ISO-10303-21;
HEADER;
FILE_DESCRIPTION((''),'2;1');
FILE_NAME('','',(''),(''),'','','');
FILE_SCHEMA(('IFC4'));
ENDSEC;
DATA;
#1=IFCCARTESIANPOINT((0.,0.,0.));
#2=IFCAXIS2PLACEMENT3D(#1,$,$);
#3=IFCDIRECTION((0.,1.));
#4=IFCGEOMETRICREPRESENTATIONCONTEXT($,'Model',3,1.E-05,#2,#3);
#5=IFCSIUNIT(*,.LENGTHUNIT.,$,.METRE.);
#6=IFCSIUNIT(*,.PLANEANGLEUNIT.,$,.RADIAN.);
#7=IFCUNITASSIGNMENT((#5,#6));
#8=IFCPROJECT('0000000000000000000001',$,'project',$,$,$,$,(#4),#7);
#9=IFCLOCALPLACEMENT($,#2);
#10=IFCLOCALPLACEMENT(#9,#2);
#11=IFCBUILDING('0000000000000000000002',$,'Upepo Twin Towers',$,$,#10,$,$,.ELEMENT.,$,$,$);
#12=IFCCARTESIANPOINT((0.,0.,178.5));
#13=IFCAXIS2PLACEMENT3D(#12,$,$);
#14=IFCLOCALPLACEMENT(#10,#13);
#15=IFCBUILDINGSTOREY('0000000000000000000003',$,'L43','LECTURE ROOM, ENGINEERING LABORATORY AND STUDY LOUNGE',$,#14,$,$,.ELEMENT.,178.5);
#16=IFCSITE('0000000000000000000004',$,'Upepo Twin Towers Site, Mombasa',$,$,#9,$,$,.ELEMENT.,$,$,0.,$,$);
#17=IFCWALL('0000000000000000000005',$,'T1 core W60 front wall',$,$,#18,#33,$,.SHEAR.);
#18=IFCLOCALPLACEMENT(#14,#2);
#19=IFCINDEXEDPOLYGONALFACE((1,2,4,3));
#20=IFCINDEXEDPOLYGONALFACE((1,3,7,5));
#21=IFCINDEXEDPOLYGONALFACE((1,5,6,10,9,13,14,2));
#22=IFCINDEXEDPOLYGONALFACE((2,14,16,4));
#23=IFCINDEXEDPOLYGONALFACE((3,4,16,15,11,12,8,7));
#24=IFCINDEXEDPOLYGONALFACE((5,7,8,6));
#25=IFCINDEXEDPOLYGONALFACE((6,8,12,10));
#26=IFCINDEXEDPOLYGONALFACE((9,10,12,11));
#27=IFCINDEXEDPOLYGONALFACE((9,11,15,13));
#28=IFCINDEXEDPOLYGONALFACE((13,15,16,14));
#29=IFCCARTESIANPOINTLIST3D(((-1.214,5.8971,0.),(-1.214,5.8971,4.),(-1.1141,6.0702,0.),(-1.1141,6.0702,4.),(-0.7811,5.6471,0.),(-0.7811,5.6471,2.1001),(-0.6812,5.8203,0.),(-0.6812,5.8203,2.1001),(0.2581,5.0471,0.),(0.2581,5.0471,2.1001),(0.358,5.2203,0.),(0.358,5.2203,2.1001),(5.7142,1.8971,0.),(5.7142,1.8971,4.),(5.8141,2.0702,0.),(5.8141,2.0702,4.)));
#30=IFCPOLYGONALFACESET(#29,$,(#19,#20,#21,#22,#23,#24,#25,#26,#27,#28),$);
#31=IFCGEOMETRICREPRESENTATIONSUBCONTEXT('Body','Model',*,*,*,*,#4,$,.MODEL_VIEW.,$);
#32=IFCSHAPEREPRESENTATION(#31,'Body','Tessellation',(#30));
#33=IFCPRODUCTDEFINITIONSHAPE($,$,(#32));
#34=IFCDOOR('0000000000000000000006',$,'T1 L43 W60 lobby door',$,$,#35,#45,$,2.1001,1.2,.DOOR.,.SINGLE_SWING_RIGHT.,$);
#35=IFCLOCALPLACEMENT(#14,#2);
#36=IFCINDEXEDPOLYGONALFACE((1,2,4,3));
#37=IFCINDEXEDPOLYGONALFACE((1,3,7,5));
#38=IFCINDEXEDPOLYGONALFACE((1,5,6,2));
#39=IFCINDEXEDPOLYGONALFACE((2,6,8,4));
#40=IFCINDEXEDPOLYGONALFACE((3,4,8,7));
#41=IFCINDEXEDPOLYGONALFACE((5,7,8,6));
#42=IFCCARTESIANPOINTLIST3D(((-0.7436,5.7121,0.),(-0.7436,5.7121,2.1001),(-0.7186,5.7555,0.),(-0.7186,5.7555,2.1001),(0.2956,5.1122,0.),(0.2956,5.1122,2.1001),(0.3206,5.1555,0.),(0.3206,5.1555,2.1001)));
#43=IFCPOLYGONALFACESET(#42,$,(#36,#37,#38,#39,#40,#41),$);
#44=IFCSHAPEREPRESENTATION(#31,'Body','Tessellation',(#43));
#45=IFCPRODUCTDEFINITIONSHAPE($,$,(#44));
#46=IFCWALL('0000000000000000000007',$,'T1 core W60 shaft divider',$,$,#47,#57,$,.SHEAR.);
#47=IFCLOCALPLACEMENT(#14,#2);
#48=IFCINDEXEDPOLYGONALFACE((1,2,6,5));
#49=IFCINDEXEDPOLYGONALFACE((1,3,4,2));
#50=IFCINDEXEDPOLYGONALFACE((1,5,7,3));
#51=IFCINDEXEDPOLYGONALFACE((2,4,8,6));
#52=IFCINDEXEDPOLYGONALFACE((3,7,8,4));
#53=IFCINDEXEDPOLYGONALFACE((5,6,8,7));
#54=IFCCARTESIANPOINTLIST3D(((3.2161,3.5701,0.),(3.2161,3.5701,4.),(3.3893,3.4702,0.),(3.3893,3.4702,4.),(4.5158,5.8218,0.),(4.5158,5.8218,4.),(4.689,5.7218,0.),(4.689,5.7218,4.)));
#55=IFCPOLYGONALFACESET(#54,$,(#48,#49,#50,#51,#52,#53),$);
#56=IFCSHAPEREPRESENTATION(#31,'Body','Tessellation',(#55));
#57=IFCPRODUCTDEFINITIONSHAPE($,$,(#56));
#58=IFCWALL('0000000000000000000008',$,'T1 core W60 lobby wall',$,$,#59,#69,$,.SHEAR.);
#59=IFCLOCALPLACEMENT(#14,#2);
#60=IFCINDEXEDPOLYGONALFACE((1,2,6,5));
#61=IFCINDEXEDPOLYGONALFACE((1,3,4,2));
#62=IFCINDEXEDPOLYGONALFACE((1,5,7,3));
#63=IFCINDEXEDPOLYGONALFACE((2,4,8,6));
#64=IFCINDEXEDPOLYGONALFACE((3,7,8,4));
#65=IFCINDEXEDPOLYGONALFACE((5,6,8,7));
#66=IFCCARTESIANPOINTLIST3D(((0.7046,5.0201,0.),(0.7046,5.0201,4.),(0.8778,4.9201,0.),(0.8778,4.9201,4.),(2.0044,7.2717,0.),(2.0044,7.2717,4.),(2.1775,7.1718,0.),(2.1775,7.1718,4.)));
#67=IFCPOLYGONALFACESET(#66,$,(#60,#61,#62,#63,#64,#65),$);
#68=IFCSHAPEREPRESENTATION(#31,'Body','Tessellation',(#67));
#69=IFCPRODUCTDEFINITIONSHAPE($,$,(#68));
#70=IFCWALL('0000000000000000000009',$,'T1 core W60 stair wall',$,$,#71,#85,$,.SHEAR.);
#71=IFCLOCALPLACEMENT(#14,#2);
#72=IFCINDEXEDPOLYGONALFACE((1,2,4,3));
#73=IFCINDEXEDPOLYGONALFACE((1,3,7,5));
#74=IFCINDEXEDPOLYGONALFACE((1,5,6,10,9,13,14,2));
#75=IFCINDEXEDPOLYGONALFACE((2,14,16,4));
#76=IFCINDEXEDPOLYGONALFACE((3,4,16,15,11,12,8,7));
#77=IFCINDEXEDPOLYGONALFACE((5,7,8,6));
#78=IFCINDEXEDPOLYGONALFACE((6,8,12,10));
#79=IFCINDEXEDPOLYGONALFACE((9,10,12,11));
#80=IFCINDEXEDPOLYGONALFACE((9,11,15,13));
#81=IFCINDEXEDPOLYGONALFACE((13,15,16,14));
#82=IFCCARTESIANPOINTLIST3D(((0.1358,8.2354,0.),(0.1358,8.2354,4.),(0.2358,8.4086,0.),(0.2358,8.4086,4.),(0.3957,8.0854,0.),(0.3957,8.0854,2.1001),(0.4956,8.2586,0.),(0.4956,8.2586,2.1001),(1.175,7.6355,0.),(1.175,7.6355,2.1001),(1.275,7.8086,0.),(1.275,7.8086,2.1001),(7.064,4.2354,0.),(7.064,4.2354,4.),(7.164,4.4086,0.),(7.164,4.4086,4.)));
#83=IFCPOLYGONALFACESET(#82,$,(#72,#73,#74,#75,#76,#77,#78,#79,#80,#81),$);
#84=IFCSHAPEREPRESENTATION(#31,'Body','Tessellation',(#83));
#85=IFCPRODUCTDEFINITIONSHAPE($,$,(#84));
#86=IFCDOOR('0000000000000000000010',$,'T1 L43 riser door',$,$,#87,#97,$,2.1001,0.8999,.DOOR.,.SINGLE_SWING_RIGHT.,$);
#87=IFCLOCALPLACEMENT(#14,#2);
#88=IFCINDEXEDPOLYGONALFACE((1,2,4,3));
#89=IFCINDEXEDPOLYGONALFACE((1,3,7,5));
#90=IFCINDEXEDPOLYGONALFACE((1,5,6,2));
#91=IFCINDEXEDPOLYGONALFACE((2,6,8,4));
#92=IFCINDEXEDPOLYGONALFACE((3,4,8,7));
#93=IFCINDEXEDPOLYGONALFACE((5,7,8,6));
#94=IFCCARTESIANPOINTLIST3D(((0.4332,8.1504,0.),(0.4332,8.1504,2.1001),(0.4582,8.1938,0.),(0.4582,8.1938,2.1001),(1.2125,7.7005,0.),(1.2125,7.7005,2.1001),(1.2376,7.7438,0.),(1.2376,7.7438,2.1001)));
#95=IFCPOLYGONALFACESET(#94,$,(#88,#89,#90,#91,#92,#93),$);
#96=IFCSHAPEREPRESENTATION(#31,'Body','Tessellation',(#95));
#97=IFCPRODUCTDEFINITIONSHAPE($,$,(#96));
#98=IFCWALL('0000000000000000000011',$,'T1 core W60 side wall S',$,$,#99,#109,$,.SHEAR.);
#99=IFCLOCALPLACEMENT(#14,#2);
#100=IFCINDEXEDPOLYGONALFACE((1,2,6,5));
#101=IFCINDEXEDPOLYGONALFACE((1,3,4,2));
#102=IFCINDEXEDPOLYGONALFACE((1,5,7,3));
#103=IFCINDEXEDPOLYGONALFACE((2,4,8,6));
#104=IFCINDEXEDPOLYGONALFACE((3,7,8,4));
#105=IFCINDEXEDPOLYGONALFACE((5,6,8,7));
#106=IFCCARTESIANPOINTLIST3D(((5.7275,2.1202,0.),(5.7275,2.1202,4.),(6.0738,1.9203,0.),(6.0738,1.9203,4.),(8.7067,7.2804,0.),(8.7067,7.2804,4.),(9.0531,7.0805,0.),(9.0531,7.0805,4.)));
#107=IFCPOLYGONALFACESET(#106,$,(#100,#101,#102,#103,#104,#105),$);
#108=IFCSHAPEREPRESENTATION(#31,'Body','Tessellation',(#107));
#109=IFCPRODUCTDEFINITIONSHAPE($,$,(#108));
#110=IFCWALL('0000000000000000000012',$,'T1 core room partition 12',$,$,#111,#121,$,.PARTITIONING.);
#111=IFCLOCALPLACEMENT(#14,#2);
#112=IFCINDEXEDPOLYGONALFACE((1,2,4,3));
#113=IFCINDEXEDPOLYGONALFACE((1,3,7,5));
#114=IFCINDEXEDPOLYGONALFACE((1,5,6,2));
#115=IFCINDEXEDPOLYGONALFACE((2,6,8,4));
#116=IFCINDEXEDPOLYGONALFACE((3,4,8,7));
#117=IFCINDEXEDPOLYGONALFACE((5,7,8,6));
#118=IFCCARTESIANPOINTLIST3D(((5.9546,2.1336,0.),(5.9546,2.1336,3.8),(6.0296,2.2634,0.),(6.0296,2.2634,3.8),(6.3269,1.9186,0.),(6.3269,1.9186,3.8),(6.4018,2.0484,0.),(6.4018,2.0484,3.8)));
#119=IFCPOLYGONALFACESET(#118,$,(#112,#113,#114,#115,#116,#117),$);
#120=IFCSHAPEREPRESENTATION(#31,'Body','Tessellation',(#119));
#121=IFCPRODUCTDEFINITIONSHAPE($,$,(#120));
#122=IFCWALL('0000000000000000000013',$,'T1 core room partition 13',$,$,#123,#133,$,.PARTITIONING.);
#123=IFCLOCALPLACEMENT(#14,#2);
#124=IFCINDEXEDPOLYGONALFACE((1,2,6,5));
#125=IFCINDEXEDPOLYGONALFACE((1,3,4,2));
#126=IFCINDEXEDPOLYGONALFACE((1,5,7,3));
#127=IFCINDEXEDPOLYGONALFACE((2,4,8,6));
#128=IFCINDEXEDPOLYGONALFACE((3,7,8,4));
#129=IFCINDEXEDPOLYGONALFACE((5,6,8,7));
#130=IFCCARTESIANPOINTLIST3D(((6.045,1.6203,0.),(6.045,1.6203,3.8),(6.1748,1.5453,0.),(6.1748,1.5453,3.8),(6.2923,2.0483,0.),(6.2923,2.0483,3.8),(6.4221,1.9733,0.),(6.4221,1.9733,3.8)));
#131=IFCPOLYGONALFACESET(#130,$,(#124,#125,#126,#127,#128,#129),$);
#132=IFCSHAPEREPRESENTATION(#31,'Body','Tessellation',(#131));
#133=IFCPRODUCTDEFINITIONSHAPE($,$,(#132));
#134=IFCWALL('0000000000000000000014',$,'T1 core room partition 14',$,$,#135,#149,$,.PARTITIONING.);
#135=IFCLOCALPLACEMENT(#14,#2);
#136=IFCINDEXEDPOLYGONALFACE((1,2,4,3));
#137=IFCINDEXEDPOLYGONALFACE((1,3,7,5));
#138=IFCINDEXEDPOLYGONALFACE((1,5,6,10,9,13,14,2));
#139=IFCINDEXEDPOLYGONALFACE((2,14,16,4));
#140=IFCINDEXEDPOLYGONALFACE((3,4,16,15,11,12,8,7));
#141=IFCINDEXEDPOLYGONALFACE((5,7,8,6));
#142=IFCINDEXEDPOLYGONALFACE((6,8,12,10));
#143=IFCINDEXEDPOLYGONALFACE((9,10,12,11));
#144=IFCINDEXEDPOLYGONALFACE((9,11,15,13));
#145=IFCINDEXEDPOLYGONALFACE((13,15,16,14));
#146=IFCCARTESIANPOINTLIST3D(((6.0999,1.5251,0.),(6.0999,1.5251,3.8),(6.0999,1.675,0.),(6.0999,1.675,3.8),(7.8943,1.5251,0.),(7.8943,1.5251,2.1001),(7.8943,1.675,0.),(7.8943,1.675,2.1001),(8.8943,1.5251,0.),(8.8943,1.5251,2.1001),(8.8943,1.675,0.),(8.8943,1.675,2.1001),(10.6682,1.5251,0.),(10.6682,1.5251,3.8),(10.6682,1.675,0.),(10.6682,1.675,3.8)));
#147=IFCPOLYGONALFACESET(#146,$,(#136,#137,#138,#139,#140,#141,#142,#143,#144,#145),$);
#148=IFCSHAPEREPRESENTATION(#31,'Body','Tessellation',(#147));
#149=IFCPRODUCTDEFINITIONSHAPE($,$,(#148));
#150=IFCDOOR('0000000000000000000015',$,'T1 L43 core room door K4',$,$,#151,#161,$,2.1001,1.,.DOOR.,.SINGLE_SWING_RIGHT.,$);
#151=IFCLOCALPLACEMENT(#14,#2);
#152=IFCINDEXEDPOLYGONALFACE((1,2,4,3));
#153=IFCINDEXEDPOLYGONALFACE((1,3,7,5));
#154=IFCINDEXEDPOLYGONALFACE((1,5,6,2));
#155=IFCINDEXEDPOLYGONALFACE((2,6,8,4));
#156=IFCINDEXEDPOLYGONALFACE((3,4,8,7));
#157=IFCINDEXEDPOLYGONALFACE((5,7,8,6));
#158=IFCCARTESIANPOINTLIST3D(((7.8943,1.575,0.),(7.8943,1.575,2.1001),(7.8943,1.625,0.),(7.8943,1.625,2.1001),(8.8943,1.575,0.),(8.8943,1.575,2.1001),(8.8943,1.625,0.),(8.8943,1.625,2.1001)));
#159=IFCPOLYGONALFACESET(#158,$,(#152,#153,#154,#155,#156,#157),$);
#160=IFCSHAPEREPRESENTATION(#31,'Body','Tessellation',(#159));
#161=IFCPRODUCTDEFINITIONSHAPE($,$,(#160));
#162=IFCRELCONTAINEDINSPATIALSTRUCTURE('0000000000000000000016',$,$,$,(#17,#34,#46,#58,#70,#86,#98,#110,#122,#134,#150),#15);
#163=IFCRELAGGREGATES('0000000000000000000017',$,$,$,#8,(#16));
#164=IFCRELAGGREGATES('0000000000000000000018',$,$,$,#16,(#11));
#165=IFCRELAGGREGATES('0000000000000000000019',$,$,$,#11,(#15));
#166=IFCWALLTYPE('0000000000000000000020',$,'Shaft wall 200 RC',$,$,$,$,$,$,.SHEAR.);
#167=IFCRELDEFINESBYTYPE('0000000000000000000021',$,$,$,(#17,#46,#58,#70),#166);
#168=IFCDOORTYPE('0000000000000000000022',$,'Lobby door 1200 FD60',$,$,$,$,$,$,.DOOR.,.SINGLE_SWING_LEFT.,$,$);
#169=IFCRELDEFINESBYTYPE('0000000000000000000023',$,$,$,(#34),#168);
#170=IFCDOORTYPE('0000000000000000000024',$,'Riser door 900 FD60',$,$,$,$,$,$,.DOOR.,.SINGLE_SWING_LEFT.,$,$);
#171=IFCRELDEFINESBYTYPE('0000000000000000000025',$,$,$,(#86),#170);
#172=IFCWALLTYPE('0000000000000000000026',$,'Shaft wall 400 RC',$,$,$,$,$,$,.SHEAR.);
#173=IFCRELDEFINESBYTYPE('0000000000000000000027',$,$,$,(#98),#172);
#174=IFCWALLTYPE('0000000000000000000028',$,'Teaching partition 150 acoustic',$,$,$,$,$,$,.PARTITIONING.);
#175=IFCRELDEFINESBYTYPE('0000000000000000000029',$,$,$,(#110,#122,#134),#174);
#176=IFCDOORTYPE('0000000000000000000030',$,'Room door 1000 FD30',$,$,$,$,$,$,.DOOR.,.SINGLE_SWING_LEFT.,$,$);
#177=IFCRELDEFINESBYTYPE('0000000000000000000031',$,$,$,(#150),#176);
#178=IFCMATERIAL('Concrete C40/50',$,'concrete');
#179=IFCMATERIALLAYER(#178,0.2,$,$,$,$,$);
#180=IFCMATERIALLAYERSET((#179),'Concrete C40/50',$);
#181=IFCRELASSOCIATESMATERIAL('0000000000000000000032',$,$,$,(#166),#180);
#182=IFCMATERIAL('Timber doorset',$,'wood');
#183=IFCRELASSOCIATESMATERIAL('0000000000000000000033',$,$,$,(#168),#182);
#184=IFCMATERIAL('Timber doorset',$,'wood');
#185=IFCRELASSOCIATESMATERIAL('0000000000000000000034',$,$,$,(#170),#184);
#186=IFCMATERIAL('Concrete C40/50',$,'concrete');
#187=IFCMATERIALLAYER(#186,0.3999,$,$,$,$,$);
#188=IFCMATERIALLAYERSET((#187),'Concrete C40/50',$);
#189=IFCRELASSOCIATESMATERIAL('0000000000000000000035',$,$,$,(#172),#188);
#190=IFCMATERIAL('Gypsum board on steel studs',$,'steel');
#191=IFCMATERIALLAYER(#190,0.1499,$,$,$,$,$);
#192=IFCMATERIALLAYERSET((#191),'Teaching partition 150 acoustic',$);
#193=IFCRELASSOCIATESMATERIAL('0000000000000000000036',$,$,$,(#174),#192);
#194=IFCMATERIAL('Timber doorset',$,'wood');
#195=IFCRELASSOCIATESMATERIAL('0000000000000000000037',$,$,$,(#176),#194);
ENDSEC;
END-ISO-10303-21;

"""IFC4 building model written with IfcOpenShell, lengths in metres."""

from ifc_helpers import new_model, si_unit, direction, frame, frame_2d, origin, place, context, subcontext, project, spatial, rectangle, extrude, material, layer, layer_set, type_object, element, fill, save


model = new_model("IFC4")

# Units and contexts
model_context = context("Model", 3, precision=1e-05, world=origin(), true_north=direction((0.0, 1.0)))
body_context = subcontext(model_context, "Body", "Model", "MODEL_VIEW")
ifc_project = project(units=[si_unit("LENGTHUNIT", "METRE"), si_unit("PLANEANGLEUNIT", "RADIAN")], contexts=[model_context])

# Site, building, storey
site_placement = place(None, origin())
site = spatial("IfcSite", under=ifc_project, at=site_placement, Name="Upepo Twin Towers Site, Mombasa", CompositionType="ELEMENT", RefElevation=0.0)
building_placement = place(site_placement, origin())
building = spatial("IfcBuilding", under=site, at=building_placement, Name="Upepo Twin Towers", CompositionType="ELEMENT")
storey_placement = place(building_placement, frame((0.0, 0.0, 178.5)))
storey = spatial("IfcBuildingStorey", under=building, at=storey_placement, Name="L43", Description="LECTURE ROOM, ENGINEERING LABORATORY AND STUDY LOUNGE", CompositionType="ELEMENT", Elevation=178.5)

# Wall, opening, door
ifc_material_1 = material(Name="Concrete C40/50", Category="concrete")
ifc_layer_1 = layer(ifc_material_1, 0.2)
ifc_layer_set_1 = layer_set([ifc_layer_1], Name="Concrete C40/50")
wall_type_1 = type_object("IfcWallType", Name="Shaft wall 200 RC", PredefinedType="SHEAR", material=ifc_layer_set_1)
wall_1_placement = place(storey_placement, frame((5.7642, 1.9836, 0.0), z_axis=(0.0, 0.0, 1.0), x_axis=(-0.866026, 0.499999, 0.0)))
wall_1 = element("IfcWall", 1, at=wall_1_placement, inside=storey, type_object=wall_type_1, Name="T1 core W60 front wall", PredefinedType="SHEAR", context=body_context, shape_type="SweptSolid", body=[
    extrude(rectangle(XDim=8.0, YDim=0.2, at=frame_2d((4.0, 0.0))), origin(), (0.0, 0.0, 1.0), 4.0),
])
opening_1_placement = place(wall_1_placement, frame((6.3, 0.0, 0.0)))
opening_1 = element("IfcOpeningElement", 2, at=opening_1_placement, cuts=wall_1, PredefinedType="OPENING", context=body_context, shape_type="SweptSolid", body=[
    extrude(rectangle(XDim=1.2, YDim=2.1001, at=frame_2d((0.6001, 1.05))), frame((0.0, 0.1099, 0.0), z_axis=(0.0, -1.0, 0.0), x_axis=(1.0, 0.0, 0.0)), (0.0, 0.0, 1.0), 0.22),
])
ifc_material_2 = material(Name="Timber doorset", Category="wood")
door_type_1 = type_object("IfcDoorType", Name="Lobby door 1200 FD60", OperationType="SINGLE_SWING_LEFT", PredefinedType="DOOR", material=ifc_material_2)
door_1_placement = place(opening_1_placement, origin())
door_1 = element("IfcDoor", 3, at=door_1_placement, inside=storey, type_object=door_type_1, Name="T1 L43 W60 lobby door", OperationType="SINGLE_SWING_RIGHT", OverallHeight=2.1001, OverallWidth=1.2, PredefinedType="DOOR", context=body_context, shape_type="SweptSolid", body=[
    extrude(rectangle(XDim=1.2, YDim=2.1001, at=frame_2d((0.6001, 1.05))), frame((0.0, 0.0249, 0.0), z_axis=(0.0, -1.0, 0.0), x_axis=(1.0, 0.0, 0.0)), (0.0, 0.0, 1.0), 0.05),
])
fill(opening_1, door_1)

# Walls
for number, where, z_axis, x_axis, name in (
    (4, (3.3027, 3.5203, 0.0), (0.0, 0.0, 1.0), (0.499937, 0.866062, 0.0), "T1 core W60 shaft divider"),
    (5, (0.7913, 4.9702, 0.0), (0.0, 0.0, 1.0), (0.499937, 0.866062, 0.0), "T1 core W60 lobby wall"),
):
    element("IfcWall", number, at=place(storey_placement, frame(where, z_axis=z_axis, x_axis=x_axis)), inside=storey, type_object=wall_type_1, Name=name, PredefinedType="SHEAR", context=body_context, shape_type="SweptSolid", body=[
        extrude(rectangle(XDim=2.5999, YDim=0.2, at=frame_2d((1.2998, 0.0))), origin(), (0.0, 0.0, 1.0), 4.0),
    ])

# Wall, opening, door
wall_2_placement = place(storey_placement, frame((7.114, 4.322, 0.0), z_axis=(0.0, 0.0, 1.0), x_axis=(-0.866026, 0.499999, 0.0)))
wall_2 = element("IfcWall", 6, at=wall_2_placement, inside=storey, type_object=wall_type_1, Name="T1 core W60 stair wall", PredefinedType="SHEAR", context=body_context, shape_type="SweptSolid", body=[
    extrude(rectangle(XDim=8.0, YDim=0.2, at=frame_2d((4.0, 0.0))), origin(), (0.0, 0.0, 1.0), 4.0),
])
opening_2_placement = place(wall_2_placement, frame((6.8, 0.0, 0.0)))
opening_2 = element("IfcOpeningElement", 7, at=opening_2_placement, cuts=wall_2, PredefinedType="OPENING", context=body_context, shape_type="SweptSolid", body=[
    extrude(rectangle(XDim=0.8999, YDim=2.1001, at=frame_2d((0.45, 1.05))), frame((0.0, 0.1099, 0.0), z_axis=(0.0, -1.0, 0.0), x_axis=(1.0, 0.0, 0.0)), (0.0, 0.0, 1.0), 0.22),
])
ifc_material_3 = material(Name="Timber doorset", Category="wood")
door_type_2 = type_object("IfcDoorType", Name="Riser door 900 FD60", OperationType="SINGLE_SWING_LEFT", PredefinedType="DOOR", material=ifc_material_3)
door_2_placement = place(opening_2_placement, origin())
door_2 = element("IfcDoor", 8, at=door_2_placement, inside=storey, type_object=door_type_2, Name="T1 L43 riser door", OperationType="SINGLE_SWING_RIGHT", OverallHeight=2.1001, OverallWidth=0.8999, PredefinedType="DOOR", context=body_context, shape_type="SweptSolid", body=[
    extrude(rectangle(XDim=0.8999, YDim=2.1001, at=frame_2d((0.45, 1.05))), frame((0.0, 0.0249, 0.0), z_axis=(0.0, -1.0, 0.0), x_axis=(1.0, 0.0, 0.0)), (0.0, 0.0, 1.0), 0.05),
])
fill(opening_2, door_2)

# Walls
ifc_material_4 = material(Name="Concrete C40/50", Category="concrete")
ifc_layer_2 = layer(ifc_material_4, 0.3999)
ifc_layer_set_2 = layer_set([ifc_layer_2], Name="Concrete C40/50")
wall_type_2 = type_object("IfcWallType", Name="Shaft wall 400 RC", PredefinedType="SHEAR", material=ifc_layer_set_2)
wall_3_placement = place(storey_placement, frame((5.9006, 2.0203, 0.0), z_axis=(0.0, 0.0, 1.0), x_axis=(0.500004, 0.866023, 0.0)))
element("IfcWall", 9, at=wall_3_placement, inside=storey, type_object=wall_type_2, Name="T1 core W60 side wall S", PredefinedType="SHEAR", context=body_context, shape_type="SweptSolid", body=[
    extrude(rectangle(XDim=5.9585, YDim=0.3999, at=frame_2d((2.9792, 0.0))), origin(), (0.0, 0.0, 1.0), 4.0),
])
ifc_material_5 = material(Name="Gypsum board on steel studs", Category="steel")
ifc_layer_3 = layer(ifc_material_5, 0.1499)
ifc_layer_set_3 = layer_set([ifc_layer_3], Name="Teaching partition 150 acoustic")
wall_type_3 = type_object("IfcWallType", Name="Teaching partition 150 acoustic", PredefinedType="PARTITIONING", material=ifc_layer_set_3)
wall_4_placement = place(storey_placement, frame((5.9922, 2.1985, 0.0), z_axis=(0.0, 0.0, 1.0), x_axis=(0.865892, -0.50023, 0.0)))
element("IfcWall", 10, at=wall_4_placement, inside=storey, type_object=wall_type_3, Name="T1 core room partition 12", PredefinedType="PARTITIONING", context=body_context, shape_type="SweptSolid", body=[
    extrude(rectangle(XDim=0.4299, YDim=0.1499, at=frame_2d((0.2148, 0.0))), origin(), (0.0, 0.0, 1.0), 3.8),
])
wall_5_placement = place(storey_placement, frame((6.3572, 2.0107, 0.0), z_axis=(0.0, 0.0, 1.0), x_axis=(-0.500335, -0.865832, 0.0)))
element("IfcWall", 11, at=wall_5_placement, inside=storey, type_object=wall_type_3, Name="T1 core room partition 13", PredefinedType="PARTITIONING", context=body_context, shape_type="SweptSolid", body=[
    extrude(rectangle(XDim=0.4944, YDim=0.1499, at=frame_2d((0.2471, 0.0))), origin(), (0.0, 0.0, 1.0), 3.8),
])

# Wall, opening, door
wall_6_placement = place(storey_placement, frame((6.0999, 1.6001, 0.0), z_axis=(0.0, 0.0, 1.0), x_axis=(1.0, 0.0, 0.0)))
wall_6 = element("IfcWall", 12, at=wall_6_placement, inside=storey, type_object=wall_type_3, Name="T1 core room partition 14", PredefinedType="PARTITIONING", context=body_context, shape_type="SweptSolid", body=[
    extrude(rectangle(XDim=4.5684, YDim=0.1499, at=frame_2d((2.2842, 0.0))), origin(), (0.0, 0.0, 1.0), 3.8),
])
opening_3_placement = place(wall_6_placement, frame((1.7944, 0.0, 0.0)))
opening_3 = element("IfcOpeningElement", 13, at=opening_3_placement, cuts=wall_6, PredefinedType="OPENING", context=body_context, shape_type="SweptSolid", body=[
    extrude(rectangle(XDim=1.0, YDim=2.1001, at=frame_2d((0.5, 1.05))), frame((0.0, 0.085, 0.0), z_axis=(0.0, -1.0, 0.0), x_axis=(1.0, 0.0, 0.0)), (0.0, 0.0, 1.0), 0.1699),
])
ifc_material_6 = material(Name="Timber doorset", Category="wood")
door_type_3 = type_object("IfcDoorType", Name="Room door 1000 FD30", OperationType="SINGLE_SWING_LEFT", PredefinedType="DOOR", material=ifc_material_6)
door_3_placement = place(opening_3_placement, origin())
door_3 = element("IfcDoor", 14, at=door_3_placement, inside=storey, type_object=door_type_3, Name="T1 L43 core room door K4", OperationType="SINGLE_SWING_RIGHT", OverallHeight=2.1001, OverallWidth=1.0, PredefinedType="DOOR", context=body_context, shape_type="SweptSolid", body=[
    extrude(rectangle(XDim=1.0, YDim=2.1001, at=frame_2d((0.5, 1.05))), frame((0.0, 0.0249, 0.0), z_axis=(0.0, -1.0, 0.0), x_axis=(1.0, 0.0, 0.0)), (0.0, 0.0, 1.0), 0.05),
])
fill(opening_3, door_3)

save(model, "model.ifc")
